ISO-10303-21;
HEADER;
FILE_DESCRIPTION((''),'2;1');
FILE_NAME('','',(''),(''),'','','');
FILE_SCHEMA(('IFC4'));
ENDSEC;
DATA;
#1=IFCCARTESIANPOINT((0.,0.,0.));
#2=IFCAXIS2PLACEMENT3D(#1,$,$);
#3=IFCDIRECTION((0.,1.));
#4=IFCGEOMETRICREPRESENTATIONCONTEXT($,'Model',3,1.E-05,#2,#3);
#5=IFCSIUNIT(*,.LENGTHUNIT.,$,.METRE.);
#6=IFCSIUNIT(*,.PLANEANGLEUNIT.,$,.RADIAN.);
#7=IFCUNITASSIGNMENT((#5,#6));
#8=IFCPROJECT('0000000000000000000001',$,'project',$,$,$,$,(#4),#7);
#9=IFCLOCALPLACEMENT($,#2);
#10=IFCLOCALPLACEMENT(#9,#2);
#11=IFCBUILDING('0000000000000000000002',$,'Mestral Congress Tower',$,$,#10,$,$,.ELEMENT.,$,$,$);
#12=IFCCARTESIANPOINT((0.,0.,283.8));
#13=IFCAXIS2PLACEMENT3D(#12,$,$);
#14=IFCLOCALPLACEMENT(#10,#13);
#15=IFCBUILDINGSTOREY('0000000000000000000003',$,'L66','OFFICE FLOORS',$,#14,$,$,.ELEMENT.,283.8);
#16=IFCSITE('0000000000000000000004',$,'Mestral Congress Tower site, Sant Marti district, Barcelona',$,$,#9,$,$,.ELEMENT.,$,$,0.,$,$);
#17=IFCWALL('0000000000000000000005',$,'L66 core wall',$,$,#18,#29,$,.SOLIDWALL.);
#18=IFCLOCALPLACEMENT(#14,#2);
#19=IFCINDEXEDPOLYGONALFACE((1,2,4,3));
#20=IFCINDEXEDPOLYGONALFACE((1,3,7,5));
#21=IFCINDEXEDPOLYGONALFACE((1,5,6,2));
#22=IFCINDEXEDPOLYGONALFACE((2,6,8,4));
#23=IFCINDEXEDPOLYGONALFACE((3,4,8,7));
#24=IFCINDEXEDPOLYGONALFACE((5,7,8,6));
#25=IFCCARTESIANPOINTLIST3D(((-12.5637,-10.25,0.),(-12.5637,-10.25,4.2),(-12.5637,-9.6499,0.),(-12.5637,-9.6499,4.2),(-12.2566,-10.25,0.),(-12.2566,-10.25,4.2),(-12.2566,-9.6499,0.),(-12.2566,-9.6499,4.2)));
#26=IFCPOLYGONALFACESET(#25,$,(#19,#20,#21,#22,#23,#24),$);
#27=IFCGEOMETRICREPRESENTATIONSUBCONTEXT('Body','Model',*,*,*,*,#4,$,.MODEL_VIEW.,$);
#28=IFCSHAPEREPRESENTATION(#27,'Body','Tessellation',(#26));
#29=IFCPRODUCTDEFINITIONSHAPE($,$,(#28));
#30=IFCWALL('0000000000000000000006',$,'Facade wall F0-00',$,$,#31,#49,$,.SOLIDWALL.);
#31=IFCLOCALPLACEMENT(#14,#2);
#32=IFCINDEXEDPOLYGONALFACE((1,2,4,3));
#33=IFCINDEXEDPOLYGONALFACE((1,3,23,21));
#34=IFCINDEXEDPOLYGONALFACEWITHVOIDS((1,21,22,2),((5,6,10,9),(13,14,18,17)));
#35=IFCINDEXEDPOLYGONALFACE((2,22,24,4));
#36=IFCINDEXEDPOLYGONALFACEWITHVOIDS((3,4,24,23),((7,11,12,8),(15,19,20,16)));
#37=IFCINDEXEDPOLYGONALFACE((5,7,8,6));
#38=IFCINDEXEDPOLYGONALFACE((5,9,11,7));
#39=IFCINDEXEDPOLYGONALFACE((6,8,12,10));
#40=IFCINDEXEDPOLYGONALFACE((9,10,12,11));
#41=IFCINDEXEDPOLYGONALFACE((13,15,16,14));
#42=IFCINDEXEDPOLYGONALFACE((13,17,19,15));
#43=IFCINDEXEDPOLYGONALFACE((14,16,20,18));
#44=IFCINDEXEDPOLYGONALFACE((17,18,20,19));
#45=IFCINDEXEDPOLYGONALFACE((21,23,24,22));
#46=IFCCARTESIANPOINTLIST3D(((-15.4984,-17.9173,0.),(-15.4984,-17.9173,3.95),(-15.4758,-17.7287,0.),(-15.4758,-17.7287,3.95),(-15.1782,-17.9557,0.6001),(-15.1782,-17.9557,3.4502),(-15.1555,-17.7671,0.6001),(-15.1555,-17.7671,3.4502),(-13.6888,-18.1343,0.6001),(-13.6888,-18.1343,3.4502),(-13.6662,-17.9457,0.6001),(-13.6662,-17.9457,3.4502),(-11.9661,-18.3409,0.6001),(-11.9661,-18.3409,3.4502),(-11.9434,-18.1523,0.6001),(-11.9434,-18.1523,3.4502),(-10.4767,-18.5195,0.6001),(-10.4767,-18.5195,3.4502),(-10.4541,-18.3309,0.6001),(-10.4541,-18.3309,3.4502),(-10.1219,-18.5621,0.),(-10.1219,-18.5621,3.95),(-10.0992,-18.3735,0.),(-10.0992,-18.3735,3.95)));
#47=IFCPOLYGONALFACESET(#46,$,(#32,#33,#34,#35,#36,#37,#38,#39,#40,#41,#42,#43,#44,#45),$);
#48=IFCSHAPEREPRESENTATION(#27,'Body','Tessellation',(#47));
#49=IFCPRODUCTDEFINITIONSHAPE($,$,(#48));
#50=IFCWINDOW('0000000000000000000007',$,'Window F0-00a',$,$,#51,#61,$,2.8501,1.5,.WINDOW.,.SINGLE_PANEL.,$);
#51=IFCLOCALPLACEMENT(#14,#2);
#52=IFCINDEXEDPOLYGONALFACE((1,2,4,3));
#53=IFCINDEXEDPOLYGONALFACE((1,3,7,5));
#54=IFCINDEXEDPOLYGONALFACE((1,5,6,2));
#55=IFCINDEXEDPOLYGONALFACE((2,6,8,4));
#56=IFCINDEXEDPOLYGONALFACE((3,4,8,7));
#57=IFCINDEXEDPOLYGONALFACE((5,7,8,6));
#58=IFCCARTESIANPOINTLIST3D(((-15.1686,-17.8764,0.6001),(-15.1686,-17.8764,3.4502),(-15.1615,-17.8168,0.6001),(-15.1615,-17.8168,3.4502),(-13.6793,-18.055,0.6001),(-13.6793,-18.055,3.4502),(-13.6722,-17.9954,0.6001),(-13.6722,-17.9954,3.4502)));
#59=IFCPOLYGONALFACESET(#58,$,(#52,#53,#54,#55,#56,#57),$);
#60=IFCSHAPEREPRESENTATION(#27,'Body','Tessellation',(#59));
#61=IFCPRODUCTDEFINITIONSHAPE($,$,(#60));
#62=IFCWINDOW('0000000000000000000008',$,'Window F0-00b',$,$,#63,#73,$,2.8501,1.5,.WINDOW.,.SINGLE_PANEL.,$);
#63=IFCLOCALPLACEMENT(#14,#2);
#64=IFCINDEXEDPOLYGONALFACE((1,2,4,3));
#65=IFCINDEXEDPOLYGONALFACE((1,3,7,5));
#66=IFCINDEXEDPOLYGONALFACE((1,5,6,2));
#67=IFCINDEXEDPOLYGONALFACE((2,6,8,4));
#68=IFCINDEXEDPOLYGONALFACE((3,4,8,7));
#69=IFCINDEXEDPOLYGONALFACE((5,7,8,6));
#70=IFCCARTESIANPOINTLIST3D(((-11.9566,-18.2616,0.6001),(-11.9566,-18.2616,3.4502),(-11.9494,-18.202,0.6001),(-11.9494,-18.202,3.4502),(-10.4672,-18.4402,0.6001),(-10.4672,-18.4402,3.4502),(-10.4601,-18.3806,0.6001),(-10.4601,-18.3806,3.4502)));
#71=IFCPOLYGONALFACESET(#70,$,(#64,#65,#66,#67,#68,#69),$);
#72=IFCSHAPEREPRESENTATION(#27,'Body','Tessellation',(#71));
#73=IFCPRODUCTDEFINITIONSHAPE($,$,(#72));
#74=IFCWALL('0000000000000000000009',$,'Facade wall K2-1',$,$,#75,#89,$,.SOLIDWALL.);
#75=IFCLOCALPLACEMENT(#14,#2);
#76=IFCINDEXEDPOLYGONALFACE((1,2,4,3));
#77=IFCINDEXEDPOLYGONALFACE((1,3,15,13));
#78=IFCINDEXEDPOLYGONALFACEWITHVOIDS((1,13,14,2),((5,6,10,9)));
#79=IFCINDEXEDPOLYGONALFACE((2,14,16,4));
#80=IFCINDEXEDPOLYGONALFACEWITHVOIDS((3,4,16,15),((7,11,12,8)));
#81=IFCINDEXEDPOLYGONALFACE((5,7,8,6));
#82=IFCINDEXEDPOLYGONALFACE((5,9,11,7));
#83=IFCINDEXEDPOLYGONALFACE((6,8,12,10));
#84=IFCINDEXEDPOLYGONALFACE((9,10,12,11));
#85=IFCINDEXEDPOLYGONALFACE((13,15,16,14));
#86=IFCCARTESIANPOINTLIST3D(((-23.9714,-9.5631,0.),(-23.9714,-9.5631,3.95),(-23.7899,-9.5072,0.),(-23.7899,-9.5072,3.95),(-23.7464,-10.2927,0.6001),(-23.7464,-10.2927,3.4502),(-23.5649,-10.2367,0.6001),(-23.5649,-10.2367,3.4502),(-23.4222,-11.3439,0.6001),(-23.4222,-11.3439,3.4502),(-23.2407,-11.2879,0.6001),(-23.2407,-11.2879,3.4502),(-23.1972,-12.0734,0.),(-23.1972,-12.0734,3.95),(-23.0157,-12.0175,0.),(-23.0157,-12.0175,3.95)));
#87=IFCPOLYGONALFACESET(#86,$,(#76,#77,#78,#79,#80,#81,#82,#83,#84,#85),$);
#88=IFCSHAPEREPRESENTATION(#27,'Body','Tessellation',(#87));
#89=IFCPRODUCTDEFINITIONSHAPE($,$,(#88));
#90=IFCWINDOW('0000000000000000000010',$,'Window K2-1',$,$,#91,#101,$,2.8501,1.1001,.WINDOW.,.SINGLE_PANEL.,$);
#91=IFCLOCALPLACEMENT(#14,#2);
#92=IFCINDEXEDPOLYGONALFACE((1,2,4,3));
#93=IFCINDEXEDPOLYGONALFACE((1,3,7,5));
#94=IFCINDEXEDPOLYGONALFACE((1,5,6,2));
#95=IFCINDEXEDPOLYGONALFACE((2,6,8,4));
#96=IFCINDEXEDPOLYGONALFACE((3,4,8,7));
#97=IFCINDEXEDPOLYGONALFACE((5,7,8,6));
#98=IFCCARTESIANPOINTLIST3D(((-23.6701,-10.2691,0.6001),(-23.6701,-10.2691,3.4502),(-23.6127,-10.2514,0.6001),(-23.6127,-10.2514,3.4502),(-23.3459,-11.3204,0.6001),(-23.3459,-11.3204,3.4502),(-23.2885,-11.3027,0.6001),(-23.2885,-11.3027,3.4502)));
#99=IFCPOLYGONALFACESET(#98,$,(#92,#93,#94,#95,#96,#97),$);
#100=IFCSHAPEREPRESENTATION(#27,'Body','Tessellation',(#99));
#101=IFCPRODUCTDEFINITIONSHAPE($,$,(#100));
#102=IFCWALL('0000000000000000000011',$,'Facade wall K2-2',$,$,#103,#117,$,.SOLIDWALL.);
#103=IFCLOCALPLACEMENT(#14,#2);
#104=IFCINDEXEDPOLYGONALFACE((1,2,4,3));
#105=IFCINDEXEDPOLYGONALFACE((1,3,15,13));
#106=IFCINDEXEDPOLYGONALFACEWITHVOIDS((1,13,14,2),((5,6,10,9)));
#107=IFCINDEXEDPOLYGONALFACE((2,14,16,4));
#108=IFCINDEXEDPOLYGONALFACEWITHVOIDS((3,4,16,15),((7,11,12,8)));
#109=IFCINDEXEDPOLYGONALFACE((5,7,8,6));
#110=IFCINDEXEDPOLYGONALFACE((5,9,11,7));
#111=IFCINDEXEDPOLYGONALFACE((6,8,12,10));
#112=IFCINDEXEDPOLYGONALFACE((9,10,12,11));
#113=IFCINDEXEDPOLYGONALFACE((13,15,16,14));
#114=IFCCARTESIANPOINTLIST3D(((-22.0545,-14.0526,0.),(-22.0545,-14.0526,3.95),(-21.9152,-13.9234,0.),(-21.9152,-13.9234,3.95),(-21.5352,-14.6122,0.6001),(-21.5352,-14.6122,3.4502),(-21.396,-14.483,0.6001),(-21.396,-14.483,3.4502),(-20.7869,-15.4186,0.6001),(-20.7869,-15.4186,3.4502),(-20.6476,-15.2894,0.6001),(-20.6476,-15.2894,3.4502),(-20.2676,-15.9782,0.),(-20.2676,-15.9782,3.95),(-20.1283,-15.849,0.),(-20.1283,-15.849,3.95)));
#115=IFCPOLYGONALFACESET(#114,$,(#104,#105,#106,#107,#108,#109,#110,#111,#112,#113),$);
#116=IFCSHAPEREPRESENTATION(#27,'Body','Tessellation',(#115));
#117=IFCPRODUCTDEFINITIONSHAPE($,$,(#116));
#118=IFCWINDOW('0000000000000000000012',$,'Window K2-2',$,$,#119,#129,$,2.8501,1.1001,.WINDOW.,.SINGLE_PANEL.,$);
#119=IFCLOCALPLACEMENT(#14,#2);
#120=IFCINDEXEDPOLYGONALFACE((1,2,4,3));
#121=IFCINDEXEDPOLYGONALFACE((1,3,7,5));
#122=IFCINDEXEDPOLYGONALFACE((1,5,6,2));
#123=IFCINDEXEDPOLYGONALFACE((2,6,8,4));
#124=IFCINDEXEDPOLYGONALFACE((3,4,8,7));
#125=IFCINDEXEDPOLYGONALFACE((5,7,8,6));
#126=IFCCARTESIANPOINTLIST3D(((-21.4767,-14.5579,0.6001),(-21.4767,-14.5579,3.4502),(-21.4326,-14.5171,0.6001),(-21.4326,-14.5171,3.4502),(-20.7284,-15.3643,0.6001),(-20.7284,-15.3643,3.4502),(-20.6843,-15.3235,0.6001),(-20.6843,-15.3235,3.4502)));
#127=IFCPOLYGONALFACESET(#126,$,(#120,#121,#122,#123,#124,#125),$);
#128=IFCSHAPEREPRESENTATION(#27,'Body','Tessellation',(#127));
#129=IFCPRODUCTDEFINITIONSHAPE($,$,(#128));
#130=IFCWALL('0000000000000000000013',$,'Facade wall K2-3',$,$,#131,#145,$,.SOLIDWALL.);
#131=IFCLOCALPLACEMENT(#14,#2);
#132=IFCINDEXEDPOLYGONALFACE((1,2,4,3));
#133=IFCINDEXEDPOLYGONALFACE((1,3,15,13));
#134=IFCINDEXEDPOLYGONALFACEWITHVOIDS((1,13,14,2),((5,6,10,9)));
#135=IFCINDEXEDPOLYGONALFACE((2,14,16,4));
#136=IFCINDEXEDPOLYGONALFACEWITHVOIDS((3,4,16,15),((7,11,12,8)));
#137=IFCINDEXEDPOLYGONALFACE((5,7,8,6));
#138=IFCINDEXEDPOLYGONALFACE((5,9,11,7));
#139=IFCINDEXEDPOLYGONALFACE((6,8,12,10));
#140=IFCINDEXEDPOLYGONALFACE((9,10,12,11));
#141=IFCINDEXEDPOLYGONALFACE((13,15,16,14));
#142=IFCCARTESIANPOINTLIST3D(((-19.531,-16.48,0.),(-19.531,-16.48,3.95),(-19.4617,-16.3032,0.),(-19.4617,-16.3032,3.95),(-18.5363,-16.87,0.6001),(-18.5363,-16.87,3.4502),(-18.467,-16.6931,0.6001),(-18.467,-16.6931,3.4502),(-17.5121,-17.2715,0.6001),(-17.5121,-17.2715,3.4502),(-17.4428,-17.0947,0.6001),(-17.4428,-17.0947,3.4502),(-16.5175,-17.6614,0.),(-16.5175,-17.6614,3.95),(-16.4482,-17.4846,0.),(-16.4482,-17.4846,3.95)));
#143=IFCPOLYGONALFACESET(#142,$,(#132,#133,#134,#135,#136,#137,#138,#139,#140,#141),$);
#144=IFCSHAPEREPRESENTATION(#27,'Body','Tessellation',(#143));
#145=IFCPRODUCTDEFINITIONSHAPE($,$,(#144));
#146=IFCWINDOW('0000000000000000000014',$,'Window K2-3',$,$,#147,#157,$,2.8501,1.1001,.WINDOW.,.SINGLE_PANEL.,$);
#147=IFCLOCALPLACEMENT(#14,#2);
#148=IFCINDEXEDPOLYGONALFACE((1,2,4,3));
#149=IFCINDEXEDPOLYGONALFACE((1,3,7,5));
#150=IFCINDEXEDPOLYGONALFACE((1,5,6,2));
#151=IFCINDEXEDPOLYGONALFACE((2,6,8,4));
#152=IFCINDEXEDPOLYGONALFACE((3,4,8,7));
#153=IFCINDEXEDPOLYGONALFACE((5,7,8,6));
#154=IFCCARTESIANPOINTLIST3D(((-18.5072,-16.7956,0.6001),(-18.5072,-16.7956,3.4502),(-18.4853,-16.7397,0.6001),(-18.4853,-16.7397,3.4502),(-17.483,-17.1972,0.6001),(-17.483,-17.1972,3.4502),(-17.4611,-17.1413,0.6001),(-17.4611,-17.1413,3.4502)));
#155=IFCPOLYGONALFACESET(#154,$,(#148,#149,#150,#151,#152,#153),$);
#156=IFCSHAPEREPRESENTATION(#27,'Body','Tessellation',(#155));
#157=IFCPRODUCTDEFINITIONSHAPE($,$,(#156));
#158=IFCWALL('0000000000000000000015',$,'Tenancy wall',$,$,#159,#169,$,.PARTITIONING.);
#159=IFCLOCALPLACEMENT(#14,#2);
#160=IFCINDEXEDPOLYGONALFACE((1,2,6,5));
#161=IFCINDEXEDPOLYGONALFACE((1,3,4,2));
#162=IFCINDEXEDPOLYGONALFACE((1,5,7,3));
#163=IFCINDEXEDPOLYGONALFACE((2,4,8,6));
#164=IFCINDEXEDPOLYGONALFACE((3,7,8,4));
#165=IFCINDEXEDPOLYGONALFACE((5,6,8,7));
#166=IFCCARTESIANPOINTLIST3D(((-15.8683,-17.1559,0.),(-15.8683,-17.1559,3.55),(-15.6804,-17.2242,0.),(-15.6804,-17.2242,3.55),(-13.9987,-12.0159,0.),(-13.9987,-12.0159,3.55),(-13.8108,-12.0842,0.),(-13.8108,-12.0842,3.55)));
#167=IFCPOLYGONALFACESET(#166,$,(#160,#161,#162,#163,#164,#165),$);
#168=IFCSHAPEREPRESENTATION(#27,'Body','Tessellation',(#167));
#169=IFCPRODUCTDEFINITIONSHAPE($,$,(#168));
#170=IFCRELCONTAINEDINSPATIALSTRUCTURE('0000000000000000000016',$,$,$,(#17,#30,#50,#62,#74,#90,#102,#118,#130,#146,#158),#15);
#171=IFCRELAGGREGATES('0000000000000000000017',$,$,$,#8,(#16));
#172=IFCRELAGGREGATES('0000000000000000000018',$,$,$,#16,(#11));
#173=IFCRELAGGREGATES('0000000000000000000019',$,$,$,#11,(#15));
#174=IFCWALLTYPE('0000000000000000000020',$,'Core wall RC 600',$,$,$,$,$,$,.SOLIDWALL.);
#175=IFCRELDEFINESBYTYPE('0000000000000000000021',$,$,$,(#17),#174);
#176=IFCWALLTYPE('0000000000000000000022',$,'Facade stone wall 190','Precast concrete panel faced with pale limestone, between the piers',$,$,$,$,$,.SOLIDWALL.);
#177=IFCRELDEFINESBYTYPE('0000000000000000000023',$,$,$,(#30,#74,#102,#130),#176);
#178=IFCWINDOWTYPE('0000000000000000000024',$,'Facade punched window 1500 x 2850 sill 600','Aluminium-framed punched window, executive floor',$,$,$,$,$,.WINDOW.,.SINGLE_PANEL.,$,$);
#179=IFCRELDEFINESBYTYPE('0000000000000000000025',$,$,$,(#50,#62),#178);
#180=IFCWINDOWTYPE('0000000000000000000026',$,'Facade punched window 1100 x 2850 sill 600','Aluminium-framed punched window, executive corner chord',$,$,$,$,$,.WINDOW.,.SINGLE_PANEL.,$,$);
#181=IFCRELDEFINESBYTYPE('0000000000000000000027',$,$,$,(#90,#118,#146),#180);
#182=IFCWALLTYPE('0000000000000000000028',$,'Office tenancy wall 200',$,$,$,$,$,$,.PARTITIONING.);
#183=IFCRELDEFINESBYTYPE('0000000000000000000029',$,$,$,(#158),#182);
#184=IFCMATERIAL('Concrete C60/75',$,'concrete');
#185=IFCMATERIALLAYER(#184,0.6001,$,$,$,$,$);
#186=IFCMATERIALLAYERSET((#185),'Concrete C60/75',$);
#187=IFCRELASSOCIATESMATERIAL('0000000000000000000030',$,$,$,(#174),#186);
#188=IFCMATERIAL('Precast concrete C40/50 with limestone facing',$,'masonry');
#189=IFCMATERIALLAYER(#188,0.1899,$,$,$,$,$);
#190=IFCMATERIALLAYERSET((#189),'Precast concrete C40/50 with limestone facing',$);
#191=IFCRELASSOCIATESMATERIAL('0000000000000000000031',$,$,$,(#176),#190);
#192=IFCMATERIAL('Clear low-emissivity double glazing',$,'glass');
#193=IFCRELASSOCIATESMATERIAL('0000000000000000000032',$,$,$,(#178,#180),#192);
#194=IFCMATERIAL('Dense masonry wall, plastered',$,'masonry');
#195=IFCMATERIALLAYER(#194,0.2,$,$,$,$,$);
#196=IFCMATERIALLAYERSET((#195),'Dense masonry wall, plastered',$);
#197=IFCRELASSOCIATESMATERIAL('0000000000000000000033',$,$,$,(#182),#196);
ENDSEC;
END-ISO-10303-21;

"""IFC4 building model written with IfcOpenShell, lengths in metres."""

from ifc_helpers import new_model, si_unit, direction, frame, frame_2d, origin, place, context, subcontext, project, spatial, rectangle, extrude, material, layer, layer_set, type_object, element, fill, save


model = new_model("IFC4")

# Units and contexts
model_context = context("Model", 3, precision=1e-05, world=origin(), true_north=direction((0.0, 1.0)))
body_context = subcontext(model_context, "Body", "Model", "MODEL_VIEW")
ifc_project = project(units=[si_unit("LENGTHUNIT", "METRE"), si_unit("PLANEANGLEUNIT", "RADIAN")], contexts=[model_context])

# Site, building, storey
site_placement = place(None, origin())
site = spatial("IfcSite", under=ifc_project, at=site_placement, Name="Mestral Congress Tower site, Sant Marti district, Barcelona", CompositionType="ELEMENT", RefElevation=0.0)
building_placement = place(site_placement, origin())
building = spatial("IfcBuilding", under=site, at=building_placement, Name="Mestral Congress Tower", CompositionType="ELEMENT")
storey_placement = place(building_placement, frame((0.0, 0.0, 283.8)))
storey = spatial("IfcBuildingStorey", under=building, at=storey_placement, Name="L66", Description="OFFICE FLOORS", CompositionType="ELEMENT", Elevation=283.8)

# Shared definitions
ifc_material_1 = material(Name="Concrete C60/75", Category="concrete")

# Wall
ifc_layer_1 = layer(ifc_material_1, 0.6001)
ifc_layer_set_1 = layer_set([ifc_layer_1], Name="Concrete C60/75")
wall_type_1 = type_object("IfcWallType", Name="Core wall RC 600", PredefinedType="SOLIDWALL", material=ifc_layer_set_1)
wall_1_placement = place(storey_placement, frame((-12.2566, -9.95, 0.0), z_axis=(0.0, 0.0, 1.0), x_axis=(-1.0, 0.0, 0.0)))
element("IfcWall", 1, at=wall_1_placement, inside=storey, type_object=wall_type_1, Name="L66 core wall", PredefinedType="SOLIDWALL", context=body_context, shape_type="SweptSolid", body=[
    extrude(rectangle(XDim=0.3071, YDim=0.6001, at=frame_2d((0.1536, 0.0))), origin(), (0.0, 0.0, 1.0), 4.2),
])

# Wall, openings, windows
ifc_material_2 = material(Name="Precast concrete C40/50 with limestone facing", Category="masonry")
ifc_layer_2 = layer(ifc_material_2, 0.1899)
ifc_layer_set_2 = layer_set([ifc_layer_2], Name="Precast concrete C40/50 with limestone facing")
wall_type_2 = type_object("IfcWallType", Name="Facade stone wall 190", Description="Precast concrete panel faced with pale limestone, between the piers", PredefinedType="SOLIDWALL", material=ifc_layer_set_2)
wall_2_placement = place(storey_placement, frame((-15.4871, -17.823, 0.0), z_axis=(0.0, 0.0, 1.0), x_axis=(0.992886, -0.119072, 0.0)))
wall_2 = element("IfcWall", 2, at=wall_2_placement, inside=storey, type_object=wall_type_2, Name="Facade wall F0-00", PredefinedType="SOLIDWALL", context=body_context, shape_type="SweptSolid", body=[
    extrude(rectangle(XDim=5.415, YDim=0.1899, at=frame_2d((2.7075, 0.0))), origin(), (0.0, 0.0, 1.0), 3.95),
])
opening_1_placement = place(wall_2_placement, frame((0.3225, 0.0, 0.6001)))
opening_1 = element("IfcOpeningElement", 3, at=opening_1_placement, cuts=wall_2, PredefinedType="OPENING", context=body_context, shape_type="SweptSolid", body=[
    extrude(rectangle(XDim=1.5, YDim=2.8501, at=frame_2d((0.75, 1.425))), frame((0.0, 0.105, 0.0), z_axis=(0.0, -1.0, 0.0), x_axis=(1.0, 0.0, 0.0)), (0.0, 0.0, 1.0), 0.21),
])
opening_2_placement = place(wall_2_placement, frame((3.5576, 0.0, 0.6001)))
opening_2 = element("IfcOpeningElement", 4, at=opening_2_placement, cuts=wall_2, PredefinedType="OPENING", context=body_context, shape_type="SweptSolid", body=[
    extrude(rectangle(XDim=1.5, YDim=2.8501, at=frame_2d((0.75, 1.425))), frame((0.0, 0.105, 0.0), z_axis=(0.0, -1.0, 0.0), x_axis=(1.0, 0.0, 0.0)), (0.0, 0.0, 1.0), 0.21),
])
ifc_material_3 = material(Name="Clear low-emissivity double glazing", Category="glass")
window_type_1 = type_object("IfcWindowType", Name="Facade punched window 1500 x 2850 sill 600", Description="Aluminium-framed punched window, executive floor", PartitioningType="SINGLE_PANEL", PredefinedType="WINDOW", material=ifc_material_3)
window_1_placement = place(opening_1_placement, origin())
window_1 = element("IfcWindow", 5, at=window_1_placement, inside=storey, type_object=window_type_1, Name="Window F0-00a", OverallHeight=2.8501, OverallWidth=1.5, PartitioningType="SINGLE_PANEL", PredefinedType="WINDOW", context=body_context, shape_type="SweptSolid", body=[
    extrude(rectangle(XDim=1.5, YDim=2.8501, at=frame_2d((0.75, 1.425))), frame((0.0, 0.0449, 0.0), z_axis=(0.0, -1.0, 0.0), x_axis=(1.0, 0.0, 0.0)), (0.0, 0.0, 1.0), 0.0601),
])
fill(opening_1, window_1)
window_2_placement = place(opening_2_placement, origin())
window_2 = element("IfcWindow", 6, at=window_2_placement, inside=storey, type_object=window_type_1, Name="Window F0-00b", OverallHeight=2.8501, OverallWidth=1.5, PartitioningType="SINGLE_PANEL", PredefinedType="WINDOW", context=body_context, shape_type="SweptSolid", body=[
    extrude(rectangle(XDim=1.5, YDim=2.8501, at=frame_2d((0.75, 1.425))), frame((0.0, 0.0449, 0.0), z_axis=(0.0, -1.0, 0.0), x_axis=(1.0, 0.0, 0.0)), (0.0, 0.0, 1.0), 0.0601),
])
fill(opening_2, window_2)

# Walls, openings, windows
wall_3_placement = place(storey_placement, frame((-23.8806, -9.5352, 0.0), z_axis=(0.0, 0.0, 1.0), x_axis=(0.294706, -0.955588, 0.0)))
wall_3 = element("IfcWall", 7, at=wall_3_placement, inside=storey, type_object=wall_type_2, Name="Facade wall K2-1", PredefinedType="SOLIDWALL", context=body_context, shape_type="SweptSolid", body=[
    extrude(rectangle(XDim=2.627, YDim=0.1899, at=frame_2d((1.3135, 0.0))), origin(), (0.0, 0.0, 1.0), 3.95),
])
opening_3_placement = place(wall_3_placement, frame((0.7634, 0.0, 0.6001)))
opening_3 = element("IfcOpeningElement", 8, at=opening_3_placement, cuts=wall_3, PredefinedType="OPENING", context=body_context, shape_type="SweptSolid", body=[
    extrude(rectangle(XDim=1.1001, YDim=2.8501, at=frame_2d((0.55, 1.425))), frame((0.0, 0.105, 0.0), z_axis=(0.0, -1.0, 0.0), x_axis=(1.0, 0.0, 0.0)), (0.0, 0.0, 1.0), 0.21),
])
window_type_2 = type_object("IfcWindowType", Name="Facade punched window 1100 x 2850 sill 600", Description="Aluminium-framed punched window, executive corner chord", PartitioningType="SINGLE_PANEL", PredefinedType="WINDOW", material=ifc_material_3)
window_3_placement = place(opening_3_placement, origin())
window_3 = element("IfcWindow", 9, at=window_3_placement, inside=storey, type_object=window_type_2, Name="Window K2-1", OverallHeight=2.8501, OverallWidth=1.1001, PartitioningType="SINGLE_PANEL", PredefinedType="WINDOW", context=body_context, shape_type="SweptSolid", body=[
    extrude(rectangle(XDim=1.1001, YDim=2.8501, at=frame_2d((0.55, 1.425))), frame((0.0, 0.0449, 0.0), z_axis=(0.0, -1.0, 0.0), x_axis=(1.0, 0.0, 0.0)), (0.0, 0.0, 1.0), 0.0601),
])
fill(opening_3, window_3)
wall_4_placement = place(storey_placement, frame((-21.9849, -13.988, 0.0), z_axis=(0.0, 0.0, 1.0), x_axis=(0.680219, -0.733009, 0.0)))
wall_4 = element("IfcWall", 10, at=wall_4_placement, inside=storey, type_object=wall_type_2, Name="Facade wall K2-2", PredefinedType="SOLIDWALL", context=body_context, shape_type="SweptSolid", body=[
    extrude(rectangle(XDim=2.627, YDim=0.1899, at=frame_2d((1.3135, 0.0))), origin(), (0.0, 0.0, 1.0), 3.95),
])
opening_4_placement = place(wall_4_placement, frame((0.7634, 0.0, 0.6001)))
opening_4 = element("IfcOpeningElement", 11, at=opening_4_placement, cuts=wall_4, PredefinedType="OPENING", context=body_context, shape_type="SweptSolid", body=[
    extrude(rectangle(XDim=1.1001, YDim=2.8501, at=frame_2d((0.55, 1.425))), frame((0.0, 0.105, 0.0), z_axis=(0.0, -1.0, 0.0), x_axis=(1.0, 0.0, 0.0)), (0.0, 0.0, 1.0), 0.21),
])
window_4_placement = place(opening_4_placement, origin())
window_4 = element("IfcWindow", 12, at=window_4_placement, inside=storey, type_object=window_type_2, Name="Window K2-2", OverallHeight=2.8501, OverallWidth=1.1001, PartitioningType="SINGLE_PANEL", PredefinedType="WINDOW", context=body_context, shape_type="SweptSolid", body=[
    extrude(rectangle(XDim=1.1001, YDim=2.8501, at=frame_2d((0.55, 1.425))), frame((0.0, 0.0449, 0.0), z_axis=(0.0, -1.0, 0.0), x_axis=(1.0, 0.0, 0.0)), (0.0, 0.0, 1.0), 0.0601),
])
fill(opening_4, window_4)
wall_5_placement = place(storey_placement, frame((-19.4963, -16.3916, 0.0), z_axis=(0.0, 0.0, 1.0), x_axis=(0.931009, -0.364997, 0.0)))
wall_5 = element("IfcWall", 13, at=wall_5_placement, inside=storey, type_object=wall_type_2, Name="Facade wall K2-3", PredefinedType="SOLIDWALL", context=body_context, shape_type="SweptSolid", body=[
    extrude(rectangle(XDim=3.2368, YDim=0.1899, at=frame_2d((1.6184, 0.0))), origin(), (0.0, 0.0, 1.0), 3.95),
])
opening_5_placement = place(wall_5_placement, frame((1.0684, 0.0, 0.6001)))
opening_5 = element("IfcOpeningElement", 14, at=opening_5_placement, cuts=wall_5, PredefinedType="OPENING", context=body_context, shape_type="SweptSolid", body=[
    extrude(rectangle(XDim=1.1001, YDim=2.8501, at=frame_2d((0.55, 1.425))), frame((0.0, 0.105, 0.0), z_axis=(0.0, -1.0, 0.0), x_axis=(1.0, 0.0, 0.0)), (0.0, 0.0, 1.0), 0.21),
])
window_5_placement = place(opening_5_placement, origin())
window_5 = element("IfcWindow", 15, at=window_5_placement, inside=storey, type_object=window_type_2, Name="Window K2-3", OverallHeight=2.8501, OverallWidth=1.1001, PartitioningType="SINGLE_PANEL", PredefinedType="WINDOW", context=body_context, shape_type="SweptSolid", body=[
    extrude(rectangle(XDim=1.1001, YDim=2.8501, at=frame_2d((0.55, 1.425))), frame((0.0, 0.0449, 0.0), z_axis=(0.0, -1.0, 0.0), x_axis=(1.0, 0.0, 0.0)), (0.0, 0.0, 1.0), 0.0601),
])
fill(opening_5, window_5)

# Wall
ifc_material_4 = material(Name="Dense masonry wall, plastered", Category="masonry")
ifc_layer_3 = layer(ifc_material_4, 0.2)
ifc_layer_set_3 = layer_set([ifc_layer_3], Name="Dense masonry wall, plastered")
wall_type_3 = type_object("IfcWallType", Name="Office tenancy wall 200", PredefinedType="PARTITIONING", material=ifc_layer_set_3)
wall_6_placement = place(storey_placement, frame((-15.7744, -17.1902, 0.0), z_axis=(0.0, 0.0, 1.0), x_axis=(0.341822, 0.939765, 0.0)))
element("IfcWall", 16, at=wall_6_placement, inside=storey, type_object=wall_type_3, Name="Tenancy wall", PredefinedType="PARTITIONING", context=body_context, shape_type="SweptSolid", body=[
    extrude(rectangle(XDim=5.4695, YDim=0.2, at=frame_2d((2.7349, 0.0))), origin(), (0.0, 0.0, 1.0), 3.55),
])

save(model, "model.ifc")
